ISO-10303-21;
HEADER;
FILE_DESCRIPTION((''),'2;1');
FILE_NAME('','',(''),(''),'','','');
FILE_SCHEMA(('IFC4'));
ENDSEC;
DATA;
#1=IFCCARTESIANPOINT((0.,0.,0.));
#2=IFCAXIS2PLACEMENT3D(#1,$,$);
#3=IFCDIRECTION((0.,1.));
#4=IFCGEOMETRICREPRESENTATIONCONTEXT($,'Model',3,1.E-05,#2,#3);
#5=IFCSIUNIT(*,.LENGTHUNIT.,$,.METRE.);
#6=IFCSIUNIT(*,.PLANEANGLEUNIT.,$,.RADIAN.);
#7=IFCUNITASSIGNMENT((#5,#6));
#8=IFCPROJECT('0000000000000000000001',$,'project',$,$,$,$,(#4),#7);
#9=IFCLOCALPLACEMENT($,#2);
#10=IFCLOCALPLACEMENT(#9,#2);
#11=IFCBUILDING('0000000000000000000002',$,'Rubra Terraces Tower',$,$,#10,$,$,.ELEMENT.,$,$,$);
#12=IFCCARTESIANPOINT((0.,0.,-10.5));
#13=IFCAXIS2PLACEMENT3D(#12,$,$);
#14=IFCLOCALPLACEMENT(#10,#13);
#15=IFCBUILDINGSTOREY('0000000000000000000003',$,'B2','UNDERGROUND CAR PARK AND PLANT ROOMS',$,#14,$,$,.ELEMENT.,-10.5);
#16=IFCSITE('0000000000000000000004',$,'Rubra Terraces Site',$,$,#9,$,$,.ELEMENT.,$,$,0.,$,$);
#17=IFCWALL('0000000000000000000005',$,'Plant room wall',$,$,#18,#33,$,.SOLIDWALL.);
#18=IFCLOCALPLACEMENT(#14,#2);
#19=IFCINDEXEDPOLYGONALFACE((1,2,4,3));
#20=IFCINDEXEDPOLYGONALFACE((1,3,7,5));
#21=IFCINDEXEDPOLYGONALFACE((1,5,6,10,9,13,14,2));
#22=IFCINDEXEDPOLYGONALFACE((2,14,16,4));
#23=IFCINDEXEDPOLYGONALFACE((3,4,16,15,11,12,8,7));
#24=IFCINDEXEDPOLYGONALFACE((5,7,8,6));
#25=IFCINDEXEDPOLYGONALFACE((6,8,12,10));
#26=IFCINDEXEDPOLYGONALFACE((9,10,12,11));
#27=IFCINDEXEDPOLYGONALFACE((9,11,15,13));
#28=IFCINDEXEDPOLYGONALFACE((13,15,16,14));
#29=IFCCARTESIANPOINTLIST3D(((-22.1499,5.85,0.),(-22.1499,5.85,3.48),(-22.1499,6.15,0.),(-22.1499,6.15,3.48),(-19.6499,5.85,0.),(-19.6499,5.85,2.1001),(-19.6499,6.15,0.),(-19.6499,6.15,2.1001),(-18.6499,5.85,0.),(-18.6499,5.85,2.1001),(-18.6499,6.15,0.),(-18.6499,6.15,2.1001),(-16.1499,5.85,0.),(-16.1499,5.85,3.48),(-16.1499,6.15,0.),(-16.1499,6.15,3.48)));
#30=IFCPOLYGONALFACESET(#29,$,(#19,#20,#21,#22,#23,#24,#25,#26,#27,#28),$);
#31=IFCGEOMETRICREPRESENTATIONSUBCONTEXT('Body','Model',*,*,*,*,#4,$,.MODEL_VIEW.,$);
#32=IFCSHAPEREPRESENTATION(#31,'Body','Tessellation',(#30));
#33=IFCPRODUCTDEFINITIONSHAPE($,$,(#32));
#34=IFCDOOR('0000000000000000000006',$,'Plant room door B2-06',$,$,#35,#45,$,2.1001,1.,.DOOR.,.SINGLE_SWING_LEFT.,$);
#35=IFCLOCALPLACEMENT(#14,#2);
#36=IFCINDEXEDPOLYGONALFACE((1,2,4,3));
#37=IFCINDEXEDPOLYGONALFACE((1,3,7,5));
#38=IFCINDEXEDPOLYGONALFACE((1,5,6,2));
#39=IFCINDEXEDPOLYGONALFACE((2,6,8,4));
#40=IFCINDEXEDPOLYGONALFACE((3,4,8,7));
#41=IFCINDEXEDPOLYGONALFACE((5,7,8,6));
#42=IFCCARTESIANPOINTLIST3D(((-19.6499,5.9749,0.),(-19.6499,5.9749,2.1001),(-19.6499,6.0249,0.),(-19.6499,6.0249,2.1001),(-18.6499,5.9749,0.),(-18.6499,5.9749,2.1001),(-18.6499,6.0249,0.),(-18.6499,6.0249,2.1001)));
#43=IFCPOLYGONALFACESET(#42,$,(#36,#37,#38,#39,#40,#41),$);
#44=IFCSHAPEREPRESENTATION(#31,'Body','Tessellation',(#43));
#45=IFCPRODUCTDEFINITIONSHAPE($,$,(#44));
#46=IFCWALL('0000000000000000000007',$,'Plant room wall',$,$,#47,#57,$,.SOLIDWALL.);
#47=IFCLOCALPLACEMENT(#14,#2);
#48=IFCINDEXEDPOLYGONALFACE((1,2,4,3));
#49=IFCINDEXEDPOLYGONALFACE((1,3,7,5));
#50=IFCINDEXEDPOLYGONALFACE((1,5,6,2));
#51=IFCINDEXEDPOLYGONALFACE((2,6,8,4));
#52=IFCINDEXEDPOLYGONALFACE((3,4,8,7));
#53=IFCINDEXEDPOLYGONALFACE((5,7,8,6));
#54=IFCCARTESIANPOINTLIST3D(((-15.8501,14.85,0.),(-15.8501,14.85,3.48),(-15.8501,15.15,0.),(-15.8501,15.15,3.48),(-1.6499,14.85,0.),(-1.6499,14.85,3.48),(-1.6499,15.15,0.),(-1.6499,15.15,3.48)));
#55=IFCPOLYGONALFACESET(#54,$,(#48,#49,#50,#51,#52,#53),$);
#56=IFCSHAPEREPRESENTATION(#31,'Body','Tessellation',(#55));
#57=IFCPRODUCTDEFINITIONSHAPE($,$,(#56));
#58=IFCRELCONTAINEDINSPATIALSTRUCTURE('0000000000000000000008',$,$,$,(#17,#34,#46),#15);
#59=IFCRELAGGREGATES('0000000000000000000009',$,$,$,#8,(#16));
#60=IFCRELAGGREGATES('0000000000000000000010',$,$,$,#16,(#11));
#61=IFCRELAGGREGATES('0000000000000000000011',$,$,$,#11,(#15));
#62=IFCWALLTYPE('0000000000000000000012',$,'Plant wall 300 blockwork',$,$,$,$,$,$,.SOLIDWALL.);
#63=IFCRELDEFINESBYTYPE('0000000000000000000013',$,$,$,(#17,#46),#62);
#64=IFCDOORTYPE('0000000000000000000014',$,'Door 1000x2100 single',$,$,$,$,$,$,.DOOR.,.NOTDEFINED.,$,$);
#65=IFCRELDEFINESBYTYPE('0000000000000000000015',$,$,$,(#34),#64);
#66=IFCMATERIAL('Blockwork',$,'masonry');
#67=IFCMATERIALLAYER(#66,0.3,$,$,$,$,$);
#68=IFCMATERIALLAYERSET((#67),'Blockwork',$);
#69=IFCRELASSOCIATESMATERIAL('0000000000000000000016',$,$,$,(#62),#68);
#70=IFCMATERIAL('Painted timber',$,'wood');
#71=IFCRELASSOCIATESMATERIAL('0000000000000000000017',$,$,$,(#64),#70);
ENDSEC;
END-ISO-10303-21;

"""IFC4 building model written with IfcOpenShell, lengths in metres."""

from ifc_helpers import new_model, si_unit, direction, frame, frame_2d, origin, place, context, subcontext, project, spatial, rectangle, extrude, material, layer, layer_set, type_object, element, fill, save


model = new_model("IFC4")

# Units and contexts
model_context = context("Model", 3, precision=1e-05, world=origin(), true_north=direction((0.0, 1.0)))
body_context = subcontext(model_context, "Body", "Model", "MODEL_VIEW")
ifc_project = project(units=[si_unit("LENGTHUNIT", "METRE"), si_unit("PLANEANGLEUNIT", "RADIAN")], contexts=[model_context])

# Site, building, storey
site_placement = place(None, origin())
site = spatial("IfcSite", under=ifc_project, at=site_placement, Name="Rubra Terraces Site", CompositionType="ELEMENT", RefElevation=0.0)
building_placement = place(site_placement, origin())
building = spatial("IfcBuilding", under=site, at=building_placement, Name="Rubra Terraces Tower", CompositionType="ELEMENT")
storey_placement = place(building_placement, frame((0.0, 0.0, -10.5)))
storey = spatial("IfcBuildingStorey", under=building, at=storey_placement, Name="B2", Description="UNDERGROUND CAR PARK AND PLANT ROOMS", CompositionType="ELEMENT", Elevation=-10.5)

# Shared definitions
ifc_material_1 = material(Name="Blockwork", Category="masonry")
ifc_layer_1 = layer(ifc_material_1, 0.3)
ifc_layer_set_1 = layer_set([ifc_layer_1], Name="Blockwork")
wall_type_1 = type_object("IfcWallType", Name="Plant wall 300 blockwork", PredefinedType="SOLIDWALL", material=ifc_layer_set_1)

# Wall, opening, door
wall_1_placement = place(storey_placement, frame((-22.1499, 6.0, 0.0), z_axis=(0.0, 0.0, 1.0), x_axis=(1.0, 0.0, 0.0)))
wall_1 = element("IfcWall", 1, at=wall_1_placement, inside=storey, type_object=wall_type_1, Name="Plant room wall", PredefinedType="SOLIDWALL", context=body_context, shape_type="SweptSolid", body=[
    extrude(rectangle(XDim=6.0, YDim=0.3, at=frame_2d((3.0, 0.0))), origin(), (0.0, 0.0, 1.0), 3.48),
])
opening_1_placement = place(wall_1_placement, frame((2.5, 0.0, 0.0)))
opening_1 = element("IfcOpeningElement", 2, at=opening_1_placement, cuts=wall_1, PredefinedType="OPENING", context=body_context, shape_type="SweptSolid", body=[
    extrude(rectangle(XDim=1.0, YDim=2.1001, at=frame_2d((0.5, 1.05))), frame((0.0, 0.1599, 0.0), z_axis=(0.0, -1.0, 0.0), x_axis=(1.0, 0.0, 0.0)), (0.0, 0.0, 1.0), 0.3201),
])
ifc_material_2 = material(Name="Painted timber", Category="wood")
door_type_1 = type_object("IfcDoorType", Name="Door 1000x2100 single", OperationType="NOTDEFINED", PredefinedType="DOOR", material=ifc_material_2)
door_1_placement = place(opening_1_placement, origin())
door_1 = element("IfcDoor", 3, at=door_1_placement, inside=storey, type_object=door_type_1, Name="Plant room door B2-06", OperationType="SINGLE_SWING_LEFT", OverallHeight=2.1001, OverallWidth=1.0, PredefinedType="DOOR", context=body_context, shape_type="SweptSolid", body=[
    extrude(rectangle(XDim=1.0, YDim=2.1001, at=frame_2d((0.5, 1.05))), frame((0.0, 0.0249, 0.0), z_axis=(0.0, -1.0, 0.0), x_axis=(1.0, 0.0, 0.0)), (0.0, 0.0, 1.0), 0.05),
])
fill(opening_1, door_1)

# Wall
wall_2_placement = place(storey_placement, frame((-15.8501, 15.0, 0.0), z_axis=(0.0, 0.0, 1.0), x_axis=(1.0, 0.0, 0.0)))
element("IfcWall", 4, at=wall_2_placement, inside=storey, type_object=wall_type_1, Name="Plant room wall", PredefinedType="SOLIDWALL", context=body_context, shape_type="SweptSolid", body=[
    extrude(rectangle(XDim=14.2002, YDim=0.3, at=frame_2d((7.1001, 0.0))), origin(), (0.0, 0.0, 1.0), 3.48),
])

save(model, "model.ifc")
